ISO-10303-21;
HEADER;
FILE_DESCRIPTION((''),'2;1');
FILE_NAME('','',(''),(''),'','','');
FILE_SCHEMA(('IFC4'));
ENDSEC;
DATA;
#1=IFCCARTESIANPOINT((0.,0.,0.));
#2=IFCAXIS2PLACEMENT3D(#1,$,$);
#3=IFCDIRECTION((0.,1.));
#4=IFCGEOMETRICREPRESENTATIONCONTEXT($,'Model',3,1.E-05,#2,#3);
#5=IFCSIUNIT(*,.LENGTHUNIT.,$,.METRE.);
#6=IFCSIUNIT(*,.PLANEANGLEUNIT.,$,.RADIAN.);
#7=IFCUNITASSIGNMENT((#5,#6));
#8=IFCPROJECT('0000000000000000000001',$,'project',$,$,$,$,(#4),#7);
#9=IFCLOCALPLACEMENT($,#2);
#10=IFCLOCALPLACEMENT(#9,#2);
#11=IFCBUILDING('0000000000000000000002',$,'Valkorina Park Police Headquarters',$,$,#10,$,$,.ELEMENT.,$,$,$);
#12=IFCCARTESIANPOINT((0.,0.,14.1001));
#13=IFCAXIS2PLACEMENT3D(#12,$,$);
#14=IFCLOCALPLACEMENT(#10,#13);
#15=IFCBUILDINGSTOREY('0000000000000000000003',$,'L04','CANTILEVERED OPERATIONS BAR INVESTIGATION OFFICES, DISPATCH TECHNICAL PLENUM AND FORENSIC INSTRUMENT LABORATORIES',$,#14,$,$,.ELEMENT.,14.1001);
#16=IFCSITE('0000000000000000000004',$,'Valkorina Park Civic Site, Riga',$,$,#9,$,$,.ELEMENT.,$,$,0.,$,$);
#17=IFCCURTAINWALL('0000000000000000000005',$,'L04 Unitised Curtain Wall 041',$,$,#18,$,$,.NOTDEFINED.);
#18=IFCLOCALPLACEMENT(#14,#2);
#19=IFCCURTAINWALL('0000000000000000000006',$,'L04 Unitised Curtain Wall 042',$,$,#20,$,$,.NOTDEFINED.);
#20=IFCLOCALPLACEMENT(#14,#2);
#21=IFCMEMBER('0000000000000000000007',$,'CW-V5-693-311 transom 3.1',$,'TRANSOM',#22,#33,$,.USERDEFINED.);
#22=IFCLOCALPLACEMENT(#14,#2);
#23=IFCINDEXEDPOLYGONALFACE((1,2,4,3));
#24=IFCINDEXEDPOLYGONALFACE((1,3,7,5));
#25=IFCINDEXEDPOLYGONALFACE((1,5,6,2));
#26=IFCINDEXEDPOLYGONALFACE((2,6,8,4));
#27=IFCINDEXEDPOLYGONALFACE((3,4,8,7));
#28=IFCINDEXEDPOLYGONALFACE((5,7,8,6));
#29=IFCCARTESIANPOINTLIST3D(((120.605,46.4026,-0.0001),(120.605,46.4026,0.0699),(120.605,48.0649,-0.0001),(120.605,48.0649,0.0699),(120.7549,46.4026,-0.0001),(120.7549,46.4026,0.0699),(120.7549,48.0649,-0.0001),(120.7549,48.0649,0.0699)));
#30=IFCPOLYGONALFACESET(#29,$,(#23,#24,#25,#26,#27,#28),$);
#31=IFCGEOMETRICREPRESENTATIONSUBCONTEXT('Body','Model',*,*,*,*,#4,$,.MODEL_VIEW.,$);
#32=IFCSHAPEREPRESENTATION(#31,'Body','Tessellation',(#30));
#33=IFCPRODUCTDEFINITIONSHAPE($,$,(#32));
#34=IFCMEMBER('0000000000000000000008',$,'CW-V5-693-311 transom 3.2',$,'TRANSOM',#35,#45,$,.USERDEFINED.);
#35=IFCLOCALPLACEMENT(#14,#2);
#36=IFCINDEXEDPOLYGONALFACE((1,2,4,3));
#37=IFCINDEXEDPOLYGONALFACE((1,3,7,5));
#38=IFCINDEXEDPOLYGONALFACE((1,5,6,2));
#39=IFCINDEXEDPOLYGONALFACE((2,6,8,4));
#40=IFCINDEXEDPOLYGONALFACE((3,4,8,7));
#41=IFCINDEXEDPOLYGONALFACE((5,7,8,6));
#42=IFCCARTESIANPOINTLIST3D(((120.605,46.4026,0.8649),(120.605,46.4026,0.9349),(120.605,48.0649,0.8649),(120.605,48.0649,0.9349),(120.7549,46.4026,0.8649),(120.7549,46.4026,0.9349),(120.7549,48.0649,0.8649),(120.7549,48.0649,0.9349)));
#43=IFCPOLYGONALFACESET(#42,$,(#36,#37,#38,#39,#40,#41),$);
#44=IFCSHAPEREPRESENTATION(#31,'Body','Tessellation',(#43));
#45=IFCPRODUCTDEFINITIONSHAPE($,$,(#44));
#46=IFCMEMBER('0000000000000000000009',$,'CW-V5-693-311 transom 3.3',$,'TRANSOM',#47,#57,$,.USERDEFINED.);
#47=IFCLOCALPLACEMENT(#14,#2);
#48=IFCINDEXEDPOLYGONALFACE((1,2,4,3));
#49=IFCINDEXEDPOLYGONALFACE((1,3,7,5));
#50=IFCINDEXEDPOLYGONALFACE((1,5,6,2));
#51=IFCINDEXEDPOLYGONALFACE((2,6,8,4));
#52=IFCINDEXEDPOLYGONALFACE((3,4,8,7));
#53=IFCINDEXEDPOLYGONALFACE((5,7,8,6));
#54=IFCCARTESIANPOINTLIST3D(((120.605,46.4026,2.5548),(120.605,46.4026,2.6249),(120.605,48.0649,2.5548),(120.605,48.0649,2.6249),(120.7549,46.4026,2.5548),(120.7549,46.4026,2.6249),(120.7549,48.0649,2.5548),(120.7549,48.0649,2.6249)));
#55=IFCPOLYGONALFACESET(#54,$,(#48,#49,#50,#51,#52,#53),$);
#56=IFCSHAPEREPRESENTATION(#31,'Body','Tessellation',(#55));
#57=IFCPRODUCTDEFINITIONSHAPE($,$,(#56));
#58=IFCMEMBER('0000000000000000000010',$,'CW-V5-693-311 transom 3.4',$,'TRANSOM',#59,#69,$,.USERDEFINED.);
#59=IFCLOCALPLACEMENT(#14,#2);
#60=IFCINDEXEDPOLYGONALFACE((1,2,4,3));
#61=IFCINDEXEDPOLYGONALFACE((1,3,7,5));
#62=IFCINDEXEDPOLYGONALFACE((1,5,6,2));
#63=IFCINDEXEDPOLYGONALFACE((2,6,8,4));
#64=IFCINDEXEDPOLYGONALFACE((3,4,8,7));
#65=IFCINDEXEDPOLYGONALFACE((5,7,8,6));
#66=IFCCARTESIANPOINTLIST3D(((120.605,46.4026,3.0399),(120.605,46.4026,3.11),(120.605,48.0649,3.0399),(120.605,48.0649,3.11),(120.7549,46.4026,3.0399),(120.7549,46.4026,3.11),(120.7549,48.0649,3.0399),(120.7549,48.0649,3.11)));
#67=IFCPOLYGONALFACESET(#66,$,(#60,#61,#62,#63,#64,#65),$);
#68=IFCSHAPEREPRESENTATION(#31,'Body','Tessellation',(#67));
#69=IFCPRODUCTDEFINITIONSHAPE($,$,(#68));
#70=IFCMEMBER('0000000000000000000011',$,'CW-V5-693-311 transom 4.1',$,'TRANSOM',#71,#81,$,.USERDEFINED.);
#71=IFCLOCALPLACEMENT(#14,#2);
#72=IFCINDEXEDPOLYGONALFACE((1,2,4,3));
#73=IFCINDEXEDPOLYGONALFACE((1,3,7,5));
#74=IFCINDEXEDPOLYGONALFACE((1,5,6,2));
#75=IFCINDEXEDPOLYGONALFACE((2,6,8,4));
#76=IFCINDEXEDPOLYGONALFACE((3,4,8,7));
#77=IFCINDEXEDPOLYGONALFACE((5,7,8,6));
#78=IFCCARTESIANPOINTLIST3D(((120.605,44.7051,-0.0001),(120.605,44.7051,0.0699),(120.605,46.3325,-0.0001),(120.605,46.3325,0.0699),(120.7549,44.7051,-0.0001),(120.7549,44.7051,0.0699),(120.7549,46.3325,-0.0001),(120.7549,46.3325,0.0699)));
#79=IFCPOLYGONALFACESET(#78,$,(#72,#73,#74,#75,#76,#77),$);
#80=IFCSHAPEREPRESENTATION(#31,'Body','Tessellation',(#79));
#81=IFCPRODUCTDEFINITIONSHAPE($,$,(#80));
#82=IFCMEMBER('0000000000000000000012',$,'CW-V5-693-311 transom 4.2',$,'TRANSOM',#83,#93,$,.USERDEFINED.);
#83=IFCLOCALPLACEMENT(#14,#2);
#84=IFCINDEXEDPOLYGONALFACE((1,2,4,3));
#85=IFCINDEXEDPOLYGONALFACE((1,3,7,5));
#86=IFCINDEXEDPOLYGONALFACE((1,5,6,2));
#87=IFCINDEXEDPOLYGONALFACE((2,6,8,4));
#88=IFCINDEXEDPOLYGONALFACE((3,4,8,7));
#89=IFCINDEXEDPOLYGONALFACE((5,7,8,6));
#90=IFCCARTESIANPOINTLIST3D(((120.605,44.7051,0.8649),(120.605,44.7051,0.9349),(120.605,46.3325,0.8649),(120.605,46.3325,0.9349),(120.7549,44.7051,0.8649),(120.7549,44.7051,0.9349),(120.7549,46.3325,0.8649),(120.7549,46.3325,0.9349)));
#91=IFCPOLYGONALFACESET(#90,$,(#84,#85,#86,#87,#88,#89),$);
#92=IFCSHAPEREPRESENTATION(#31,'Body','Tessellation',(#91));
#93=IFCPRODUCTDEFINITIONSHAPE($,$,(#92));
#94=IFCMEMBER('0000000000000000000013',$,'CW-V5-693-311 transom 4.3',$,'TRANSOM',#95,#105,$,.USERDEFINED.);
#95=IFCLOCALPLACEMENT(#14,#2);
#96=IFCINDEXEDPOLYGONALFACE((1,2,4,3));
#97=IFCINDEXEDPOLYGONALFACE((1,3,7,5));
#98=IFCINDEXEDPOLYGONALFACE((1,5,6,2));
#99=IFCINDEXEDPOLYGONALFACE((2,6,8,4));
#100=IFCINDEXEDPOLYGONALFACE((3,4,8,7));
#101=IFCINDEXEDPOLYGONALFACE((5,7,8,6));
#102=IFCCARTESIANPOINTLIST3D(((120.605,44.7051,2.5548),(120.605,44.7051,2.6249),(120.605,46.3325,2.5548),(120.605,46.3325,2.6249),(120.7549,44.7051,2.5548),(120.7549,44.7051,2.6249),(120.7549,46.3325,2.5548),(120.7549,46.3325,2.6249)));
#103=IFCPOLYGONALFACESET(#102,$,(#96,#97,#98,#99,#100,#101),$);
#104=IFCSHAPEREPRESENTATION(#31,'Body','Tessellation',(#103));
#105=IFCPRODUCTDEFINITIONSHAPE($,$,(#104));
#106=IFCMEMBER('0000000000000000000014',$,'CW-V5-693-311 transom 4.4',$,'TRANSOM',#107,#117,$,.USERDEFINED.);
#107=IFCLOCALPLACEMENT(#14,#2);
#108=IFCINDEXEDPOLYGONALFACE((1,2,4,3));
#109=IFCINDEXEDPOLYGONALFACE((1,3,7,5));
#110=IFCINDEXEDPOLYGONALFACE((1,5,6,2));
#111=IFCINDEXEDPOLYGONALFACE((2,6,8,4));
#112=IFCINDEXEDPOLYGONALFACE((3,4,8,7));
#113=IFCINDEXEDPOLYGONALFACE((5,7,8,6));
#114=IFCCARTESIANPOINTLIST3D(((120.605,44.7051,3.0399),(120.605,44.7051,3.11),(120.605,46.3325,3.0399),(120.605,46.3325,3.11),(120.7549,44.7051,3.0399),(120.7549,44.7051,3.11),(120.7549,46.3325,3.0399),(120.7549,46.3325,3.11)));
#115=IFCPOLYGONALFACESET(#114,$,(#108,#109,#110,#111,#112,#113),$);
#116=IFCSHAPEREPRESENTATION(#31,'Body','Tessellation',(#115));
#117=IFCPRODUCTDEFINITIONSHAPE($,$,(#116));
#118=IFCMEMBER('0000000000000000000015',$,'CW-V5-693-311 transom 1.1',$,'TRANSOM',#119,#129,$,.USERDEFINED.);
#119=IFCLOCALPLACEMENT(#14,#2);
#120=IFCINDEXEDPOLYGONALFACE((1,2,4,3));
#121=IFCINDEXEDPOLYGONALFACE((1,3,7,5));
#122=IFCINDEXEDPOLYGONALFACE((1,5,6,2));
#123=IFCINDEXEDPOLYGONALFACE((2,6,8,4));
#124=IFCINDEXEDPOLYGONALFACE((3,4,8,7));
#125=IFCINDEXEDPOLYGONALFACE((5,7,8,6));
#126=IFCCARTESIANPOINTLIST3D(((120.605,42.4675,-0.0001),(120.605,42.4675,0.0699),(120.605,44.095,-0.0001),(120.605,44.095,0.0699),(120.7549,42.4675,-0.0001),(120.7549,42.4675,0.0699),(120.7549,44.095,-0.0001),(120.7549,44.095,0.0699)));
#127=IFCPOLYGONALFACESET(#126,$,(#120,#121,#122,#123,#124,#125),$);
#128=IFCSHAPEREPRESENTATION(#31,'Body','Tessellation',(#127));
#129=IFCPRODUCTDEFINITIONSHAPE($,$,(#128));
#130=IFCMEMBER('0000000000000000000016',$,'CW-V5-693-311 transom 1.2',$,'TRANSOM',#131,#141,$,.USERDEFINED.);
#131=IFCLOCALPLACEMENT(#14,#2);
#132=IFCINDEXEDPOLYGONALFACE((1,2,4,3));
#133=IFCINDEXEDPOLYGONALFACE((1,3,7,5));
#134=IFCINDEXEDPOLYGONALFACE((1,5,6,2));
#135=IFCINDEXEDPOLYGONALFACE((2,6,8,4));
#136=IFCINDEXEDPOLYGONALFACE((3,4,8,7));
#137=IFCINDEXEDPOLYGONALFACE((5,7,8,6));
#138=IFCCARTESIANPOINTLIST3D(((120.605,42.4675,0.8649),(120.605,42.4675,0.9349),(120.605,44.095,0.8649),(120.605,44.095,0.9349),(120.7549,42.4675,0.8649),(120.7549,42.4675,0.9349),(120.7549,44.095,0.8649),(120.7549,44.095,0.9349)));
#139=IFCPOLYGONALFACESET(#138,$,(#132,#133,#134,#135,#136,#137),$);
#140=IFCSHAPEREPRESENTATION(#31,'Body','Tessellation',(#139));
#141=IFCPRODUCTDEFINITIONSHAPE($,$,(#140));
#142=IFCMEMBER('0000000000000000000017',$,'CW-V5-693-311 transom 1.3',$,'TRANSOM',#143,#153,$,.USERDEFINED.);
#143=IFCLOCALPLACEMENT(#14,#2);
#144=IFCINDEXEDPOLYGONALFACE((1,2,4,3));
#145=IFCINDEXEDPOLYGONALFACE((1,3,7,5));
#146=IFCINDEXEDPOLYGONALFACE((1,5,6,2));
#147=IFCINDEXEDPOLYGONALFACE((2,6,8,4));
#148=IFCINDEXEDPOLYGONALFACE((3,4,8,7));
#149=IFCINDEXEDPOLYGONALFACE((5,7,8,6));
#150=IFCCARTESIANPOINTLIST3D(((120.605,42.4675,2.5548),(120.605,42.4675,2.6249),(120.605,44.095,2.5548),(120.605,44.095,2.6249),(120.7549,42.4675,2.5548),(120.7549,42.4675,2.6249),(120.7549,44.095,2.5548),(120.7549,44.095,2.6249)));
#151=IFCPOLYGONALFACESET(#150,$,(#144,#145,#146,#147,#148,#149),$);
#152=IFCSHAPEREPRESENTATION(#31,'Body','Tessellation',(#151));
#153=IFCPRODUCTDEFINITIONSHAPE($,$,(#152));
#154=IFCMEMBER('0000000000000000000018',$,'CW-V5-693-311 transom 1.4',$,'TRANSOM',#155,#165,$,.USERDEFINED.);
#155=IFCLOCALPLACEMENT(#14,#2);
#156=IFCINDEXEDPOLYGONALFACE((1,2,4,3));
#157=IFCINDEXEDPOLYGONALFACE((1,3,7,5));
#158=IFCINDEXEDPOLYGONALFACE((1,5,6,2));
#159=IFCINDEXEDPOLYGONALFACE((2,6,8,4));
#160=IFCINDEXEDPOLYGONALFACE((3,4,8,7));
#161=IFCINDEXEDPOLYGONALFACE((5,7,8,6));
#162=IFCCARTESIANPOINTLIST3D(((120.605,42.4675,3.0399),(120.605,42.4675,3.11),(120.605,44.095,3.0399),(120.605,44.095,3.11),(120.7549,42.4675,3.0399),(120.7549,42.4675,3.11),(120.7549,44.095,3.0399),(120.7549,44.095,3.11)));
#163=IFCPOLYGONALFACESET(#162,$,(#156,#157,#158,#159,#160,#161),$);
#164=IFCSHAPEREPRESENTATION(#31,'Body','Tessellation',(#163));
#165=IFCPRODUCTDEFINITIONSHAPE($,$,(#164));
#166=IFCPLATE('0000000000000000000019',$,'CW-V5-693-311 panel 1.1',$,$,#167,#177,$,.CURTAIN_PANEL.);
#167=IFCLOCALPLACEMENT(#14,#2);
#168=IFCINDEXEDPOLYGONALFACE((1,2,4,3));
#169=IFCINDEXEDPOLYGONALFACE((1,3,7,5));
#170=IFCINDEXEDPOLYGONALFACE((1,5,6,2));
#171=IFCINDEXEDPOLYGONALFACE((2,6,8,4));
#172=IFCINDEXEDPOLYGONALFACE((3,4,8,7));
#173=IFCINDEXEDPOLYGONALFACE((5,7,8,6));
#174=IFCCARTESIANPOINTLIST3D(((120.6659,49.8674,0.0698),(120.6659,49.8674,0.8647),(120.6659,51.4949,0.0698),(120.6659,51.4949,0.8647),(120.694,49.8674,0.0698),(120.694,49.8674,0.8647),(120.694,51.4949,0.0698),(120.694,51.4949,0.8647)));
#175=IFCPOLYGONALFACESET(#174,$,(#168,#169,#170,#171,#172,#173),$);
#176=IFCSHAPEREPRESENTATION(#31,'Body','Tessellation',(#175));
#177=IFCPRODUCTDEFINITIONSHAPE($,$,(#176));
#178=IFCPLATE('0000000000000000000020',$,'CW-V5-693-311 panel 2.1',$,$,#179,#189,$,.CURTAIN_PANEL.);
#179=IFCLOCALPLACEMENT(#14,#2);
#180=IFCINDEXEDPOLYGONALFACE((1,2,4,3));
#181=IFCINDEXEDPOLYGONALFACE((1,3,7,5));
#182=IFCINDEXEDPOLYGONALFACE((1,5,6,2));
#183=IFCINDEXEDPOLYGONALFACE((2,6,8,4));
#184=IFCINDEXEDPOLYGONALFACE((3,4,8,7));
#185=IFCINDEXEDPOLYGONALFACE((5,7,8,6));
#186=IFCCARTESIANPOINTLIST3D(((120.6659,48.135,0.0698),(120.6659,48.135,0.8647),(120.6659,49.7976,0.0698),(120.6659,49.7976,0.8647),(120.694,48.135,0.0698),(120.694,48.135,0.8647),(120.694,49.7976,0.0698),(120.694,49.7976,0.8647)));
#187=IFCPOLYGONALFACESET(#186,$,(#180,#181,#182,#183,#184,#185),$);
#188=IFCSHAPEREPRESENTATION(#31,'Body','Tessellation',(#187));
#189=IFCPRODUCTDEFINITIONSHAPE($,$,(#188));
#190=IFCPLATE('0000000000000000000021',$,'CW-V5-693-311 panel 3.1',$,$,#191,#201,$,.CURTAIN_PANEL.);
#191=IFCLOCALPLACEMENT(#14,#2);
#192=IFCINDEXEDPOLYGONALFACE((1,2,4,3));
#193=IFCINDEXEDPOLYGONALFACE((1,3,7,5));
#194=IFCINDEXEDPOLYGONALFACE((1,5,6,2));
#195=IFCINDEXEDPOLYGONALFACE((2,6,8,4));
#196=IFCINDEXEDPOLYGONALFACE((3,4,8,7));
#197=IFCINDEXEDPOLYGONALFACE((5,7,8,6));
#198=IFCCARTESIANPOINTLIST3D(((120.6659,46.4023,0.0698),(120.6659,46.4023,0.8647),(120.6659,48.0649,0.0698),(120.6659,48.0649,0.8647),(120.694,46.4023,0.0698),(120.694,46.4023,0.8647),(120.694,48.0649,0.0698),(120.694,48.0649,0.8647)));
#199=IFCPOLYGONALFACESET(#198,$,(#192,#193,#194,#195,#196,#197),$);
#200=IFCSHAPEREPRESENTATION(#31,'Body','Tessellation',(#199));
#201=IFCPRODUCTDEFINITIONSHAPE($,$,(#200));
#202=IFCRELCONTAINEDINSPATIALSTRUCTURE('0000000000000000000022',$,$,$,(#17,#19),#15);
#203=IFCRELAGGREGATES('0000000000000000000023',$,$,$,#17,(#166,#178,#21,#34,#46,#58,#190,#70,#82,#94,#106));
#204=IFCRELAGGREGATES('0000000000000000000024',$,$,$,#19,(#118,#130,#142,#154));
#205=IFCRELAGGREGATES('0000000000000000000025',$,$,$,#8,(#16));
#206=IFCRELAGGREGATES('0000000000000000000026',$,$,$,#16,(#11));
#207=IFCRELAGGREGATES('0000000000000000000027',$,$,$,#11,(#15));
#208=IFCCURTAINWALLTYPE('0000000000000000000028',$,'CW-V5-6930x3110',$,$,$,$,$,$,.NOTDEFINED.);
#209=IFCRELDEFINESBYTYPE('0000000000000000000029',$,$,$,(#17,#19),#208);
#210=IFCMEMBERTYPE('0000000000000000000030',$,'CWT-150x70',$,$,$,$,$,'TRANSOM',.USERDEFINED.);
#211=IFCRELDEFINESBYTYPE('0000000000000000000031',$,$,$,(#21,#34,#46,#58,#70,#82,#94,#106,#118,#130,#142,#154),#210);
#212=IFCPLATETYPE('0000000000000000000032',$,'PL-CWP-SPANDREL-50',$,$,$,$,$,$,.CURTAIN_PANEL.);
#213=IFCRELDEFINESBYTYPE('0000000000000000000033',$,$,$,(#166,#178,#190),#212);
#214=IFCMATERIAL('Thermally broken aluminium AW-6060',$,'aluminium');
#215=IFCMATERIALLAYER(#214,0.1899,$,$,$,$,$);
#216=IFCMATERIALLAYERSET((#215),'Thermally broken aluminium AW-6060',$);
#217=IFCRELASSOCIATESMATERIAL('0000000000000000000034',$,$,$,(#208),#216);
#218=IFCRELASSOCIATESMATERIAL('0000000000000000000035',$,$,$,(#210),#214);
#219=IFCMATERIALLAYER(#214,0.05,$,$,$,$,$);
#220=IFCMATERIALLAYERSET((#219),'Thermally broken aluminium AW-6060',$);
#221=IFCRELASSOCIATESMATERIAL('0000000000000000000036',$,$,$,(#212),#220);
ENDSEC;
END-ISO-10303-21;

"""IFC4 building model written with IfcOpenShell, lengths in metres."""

from ifc_helpers import new_model, si_unit, direction, frame, origin, origin_2d, place, context, subcontext, project, spatial, rectangle, extrude, material, layer, layer_set, material_profile, profile_set, type_object, element, aggregate, save


model = new_model("IFC4")

# Units and contexts
model_context = context("Model", 3, precision=1e-05, world=origin(), true_north=direction((0.0, 1.0)))
body_context = subcontext(model_context, "Body", "Model", "MODEL_VIEW")
ifc_project = project(units=[si_unit("LENGTHUNIT", "METRE"), si_unit("PLANEANGLEUNIT", "RADIAN")], contexts=[model_context])

# Site, building, storey
site_placement = place(None, origin())
site = spatial("IfcSite", under=ifc_project, at=site_placement, Name="Valkorina Park Civic Site, Riga", CompositionType="ELEMENT", RefElevation=0.0)
building_placement = place(site_placement, origin())
building = spatial("IfcBuilding", under=site, at=building_placement, Name="Valkorina Park Police Headquarters", CompositionType="ELEMENT")
storey_placement = place(building_placement, frame((0.0, 0.0, 14.1001)))
storey = spatial("IfcBuildingStorey", under=building, at=storey_placement, Name="L04", Description="CANTILEVERED OPERATIONS BAR INVESTIGATION OFFICES, DISPATCH TECHNICAL PLENUM AND FORENSIC INSTRUMENT LABORATORIES", CompositionType="ELEMENT", Elevation=14.1001)

# Shared definitions
ifc_material_1 = material(Name="Thermally broken aluminium AW-6060", Category="aluminium")
ifc_layer_1 = layer(ifc_material_1, 0.1899)
ifc_layer_set_1 = layer_set([ifc_layer_1], Name="Thermally broken aluminium AW-6060")
curtain_wall_type = type_object("IfcCurtainWallType", Name="CW-V5-6930x3110", PredefinedType="NOTDEFINED", material=ifc_layer_set_1)

# Curtain wall
curtain_wall_1_placement = place(storey_placement, origin())
curtain_wall_1 = element("IfcCurtainWall", 1, at=curtain_wall_1_placement, inside=storey, type_object=curtain_wall_type, Name="L04 Unitised Curtain Wall 041", PredefinedType="NOTDEFINED")

# Curtain wall
curtain_wall_2_placement = place(storey_placement, origin())
curtain_wall_2 = element("IfcCurtainWall", 2, at=curtain_wall_2_placement, inside=storey, type_object=curtain_wall_type, Name="L04 Unitised Curtain Wall 042", PredefinedType="NOTDEFINED")

# Members
ifc_material_profile_1 = material_profile(ifc_material_1, rectangle(XDim=0.1499, YDim=0.0701, at=origin_2d()), Name="CWT-02 150x70")
ifc_profile_set_1 = profile_set([ifc_material_profile_1], Name="Thermally broken aluminium AW-6060")
member_type_1 = type_object("IfcMemberType", Name="CWT-150x70", ElementType="TRANSOM", PredefinedType="USERDEFINED", material=ifc_profile_set_1)
member_1_placement = place(storey_placement, frame((120.6799, 48.0649, 0.0349), z_axis=(0.0, -1.0, 0.0), x_axis=(1.0, 0.0, 0.0)))
member_1 = element("IfcMember", 3, at=member_1_placement, type_object=member_type_1, Name="CW-V5-693-311 transom 3.1", ObjectType="TRANSOM", PredefinedType="USERDEFINED", context=body_context, shape_type="SweptSolid", body=[
    extrude(rectangle(XDim=0.1499, YDim=0.0701, at=origin_2d()), origin(), (0.0, 0.0, 1.0), 1.6624),
])
member_2_placement = place(storey_placement, frame((120.6799, 48.0649, 0.8999), z_axis=(0.0, -1.0, 0.0), x_axis=(1.0, 0.0, 0.0)))
member_2 = element("IfcMember", 4, at=member_2_placement, type_object=member_type_1, Name="CW-V5-693-311 transom 3.2", ObjectType="TRANSOM", PredefinedType="USERDEFINED", context=body_context, shape_type="SweptSolid", body=[
    extrude(rectangle(XDim=0.1499, YDim=0.0701, at=origin_2d()), origin(), (0.0, 0.0, 1.0), 1.6624),
])
member_3_placement = place(storey_placement, frame((120.6799, 48.0649, 2.5898), z_axis=(0.0, -1.0, 0.0), x_axis=(1.0, 0.0, 0.0)))
member_3 = element("IfcMember", 5, at=member_3_placement, type_object=member_type_1, Name="CW-V5-693-311 transom 3.3", ObjectType="TRANSOM", PredefinedType="USERDEFINED", context=body_context, shape_type="SweptSolid", body=[
    extrude(rectangle(XDim=0.1499, YDim=0.0701, at=origin_2d()), origin(), (0.0, 0.0, 1.0), 1.6624),
])
member_4_placement = place(storey_placement, frame((120.6799, 48.0649, 3.075), z_axis=(0.0, -1.0, 0.0), x_axis=(1.0, 0.0, 0.0)))
member_4 = element("IfcMember", 6, at=member_4_placement, type_object=member_type_1, Name="CW-V5-693-311 transom 3.4", ObjectType="TRANSOM", PredefinedType="USERDEFINED", context=body_context, shape_type="SweptSolid", body=[
    extrude(rectangle(XDim=0.1499, YDim=0.0701, at=origin_2d()), origin(), (0.0, 0.0, 1.0), 1.6624),
])
member_5_placement = place(storey_placement, frame((120.6799, 46.3325, 0.0349), z_axis=(0.0, -1.0, 0.0), x_axis=(1.0, 0.0, 0.0)))
member_5 = element("IfcMember", 7, at=member_5_placement, type_object=member_type_1, Name="CW-V5-693-311 transom 4.1", ObjectType="TRANSOM", PredefinedType="USERDEFINED", context=body_context, shape_type="SweptSolid", body=[
    extrude(rectangle(XDim=0.1499, YDim=0.0701, at=origin_2d()), origin(), (0.0, 0.0, 1.0), 1.6274),
])
member_6_placement = place(storey_placement, frame((120.6799, 46.3325, 0.8999), z_axis=(0.0, -1.0, 0.0), x_axis=(1.0, 0.0, 0.0)))
member_6 = element("IfcMember", 8, at=member_6_placement, type_object=member_type_1, Name="CW-V5-693-311 transom 4.2", ObjectType="TRANSOM", PredefinedType="USERDEFINED", context=body_context, shape_type="SweptSolid", body=[
    extrude(rectangle(XDim=0.1499, YDim=0.0701, at=origin_2d()), origin(), (0.0, 0.0, 1.0), 1.6274),
])
member_7_placement = place(storey_placement, frame((120.6799, 46.3325, 2.5898), z_axis=(0.0, -1.0, 0.0), x_axis=(1.0, 0.0, 0.0)))
member_7 = element("IfcMember", 9, at=member_7_placement, type_object=member_type_1, Name="CW-V5-693-311 transom 4.3", ObjectType="TRANSOM", PredefinedType="USERDEFINED", context=body_context, shape_type="SweptSolid", body=[
    extrude(rectangle(XDim=0.1499, YDim=0.0701, at=origin_2d()), origin(), (0.0, 0.0, 1.0), 1.6274),
])
member_8_placement = place(storey_placement, frame((120.6799, 46.3325, 3.075), z_axis=(0.0, -1.0, 0.0), x_axis=(1.0, 0.0, 0.0)))
member_8 = element("IfcMember", 10, at=member_8_placement, type_object=member_type_1, Name="CW-V5-693-311 transom 4.4", ObjectType="TRANSOM", PredefinedType="USERDEFINED", context=body_context, shape_type="SweptSolid", body=[
    extrude(rectangle(XDim=0.1499, YDim=0.0701, at=origin_2d()), origin(), (0.0, 0.0, 1.0), 1.6274),
])
member_9_placement = place(storey_placement, frame((120.6799, 44.095, 0.0349), z_axis=(0.0, -1.0, 0.0), x_axis=(1.0, 0.0, 0.0)))
member_9 = element("IfcMember", 11, at=member_9_placement, type_object=member_type_1, Name="CW-V5-693-311 transom 1.1", ObjectType="TRANSOM", PredefinedType="USERDEFINED", context=body_context, shape_type="SweptSolid", body=[
    extrude(rectangle(XDim=0.1499, YDim=0.0701, at=origin_2d()), origin(), (0.0, 0.0, 1.0), 1.6274),
])
member_10_placement = place(storey_placement, frame((120.6799, 44.095, 0.8999), z_axis=(0.0, -1.0, 0.0), x_axis=(1.0, 0.0, 0.0)))
member_10 = element("IfcMember", 12, at=member_10_placement, type_object=member_type_1, Name="CW-V5-693-311 transom 1.2", ObjectType="TRANSOM", PredefinedType="USERDEFINED", context=body_context, shape_type="SweptSolid", body=[
    extrude(rectangle(XDim=0.1499, YDim=0.0701, at=origin_2d()), origin(), (0.0, 0.0, 1.0), 1.6274),
])
member_11_placement = place(storey_placement, frame((120.6799, 44.095, 2.5898), z_axis=(0.0, -1.0, 0.0), x_axis=(1.0, 0.0, 0.0)))
member_11 = element("IfcMember", 13, at=member_11_placement, type_object=member_type_1, Name="CW-V5-693-311 transom 1.3", ObjectType="TRANSOM", PredefinedType="USERDEFINED", context=body_context, shape_type="SweptSolid", body=[
    extrude(rectangle(XDim=0.1499, YDim=0.0701, at=origin_2d()), origin(), (0.0, 0.0, 1.0), 1.6274),
])
member_12_placement = place(storey_placement, frame((120.6799, 44.095, 3.075), z_axis=(0.0, -1.0, 0.0), x_axis=(1.0, 0.0, 0.0)))
member_12 = element("IfcMember", 14, at=member_12_placement, type_object=member_type_1, Name="CW-V5-693-311 transom 1.4", ObjectType="TRANSOM", PredefinedType="USERDEFINED", context=body_context, shape_type="SweptSolid", body=[
    extrude(rectangle(XDim=0.1499, YDim=0.0701, at=origin_2d()), origin(), (0.0, 0.0, 1.0), 1.6274),
])

# Plates
ifc_layer_2 = layer(ifc_material_1, 0.05)
ifc_layer_set_2 = layer_set([ifc_layer_2], Name="Thermally broken aluminium AW-6060")
plate_type_1 = type_object("IfcPlateType", Name="PL-CWP-SPANDREL-50", PredefinedType="CURTAIN_PANEL", material=ifc_layer_set_2)
plate_1_placement = place(storey_placement, frame((120.6799, 50.6812, 0.0698), z_axis=(0.0, 0.0, 1.0), x_axis=(0.0, -1.0, 0.0)))
plate_1 = element("IfcPlate", 15, at=plate_1_placement, type_object=plate_type_1, Name="CW-V5-693-311 panel 1.1", PredefinedType="CURTAIN_PANEL", context=body_context, shape_type="SweptSolid", body=[
    extrude(rectangle(XDim=1.6274, YDim=0.0281, at=origin_2d()), origin(), (0.0, 0.0, 1.0), 0.7949),
])
plate_2_placement = place(storey_placement, frame((120.6799, 48.9663, 0.0698), z_axis=(0.0, 0.0, 1.0), x_axis=(0.0, -1.0, 0.0)))
plate_2 = element("IfcPlate", 16, at=plate_2_placement, type_object=plate_type_1, Name="CW-V5-693-311 panel 2.1", PredefinedType="CURTAIN_PANEL", context=body_context, shape_type="SweptSolid", body=[
    extrude(rectangle(XDim=1.6626, YDim=0.0281, at=origin_2d()), origin(), (0.0, 0.0, 1.0), 0.7949),
])
plate_3_placement = place(storey_placement, frame((120.6799, 47.2336, 0.0698), z_axis=(0.0, 0.0, 1.0), x_axis=(0.0, -1.0, 0.0)))
plate_3 = element("IfcPlate", 17, at=plate_3_placement, type_object=plate_type_1, Name="CW-V5-693-311 panel 3.1", PredefinedType="CURTAIN_PANEL", context=body_context, shape_type="SweptSolid", body=[
    extrude(rectangle(XDim=1.6626, YDim=0.0281, at=origin_2d()), origin(), (0.0, 0.0, 1.0), 0.7949),
])
aggregate(curtain_wall_1, [plate_1, plate_2, member_1, member_2, member_3, member_4, plate_3, member_5, member_6, member_7, member_8])
aggregate(curtain_wall_2, [member_9, member_10, member_11, member_12])

save(model, "model.ifc")
